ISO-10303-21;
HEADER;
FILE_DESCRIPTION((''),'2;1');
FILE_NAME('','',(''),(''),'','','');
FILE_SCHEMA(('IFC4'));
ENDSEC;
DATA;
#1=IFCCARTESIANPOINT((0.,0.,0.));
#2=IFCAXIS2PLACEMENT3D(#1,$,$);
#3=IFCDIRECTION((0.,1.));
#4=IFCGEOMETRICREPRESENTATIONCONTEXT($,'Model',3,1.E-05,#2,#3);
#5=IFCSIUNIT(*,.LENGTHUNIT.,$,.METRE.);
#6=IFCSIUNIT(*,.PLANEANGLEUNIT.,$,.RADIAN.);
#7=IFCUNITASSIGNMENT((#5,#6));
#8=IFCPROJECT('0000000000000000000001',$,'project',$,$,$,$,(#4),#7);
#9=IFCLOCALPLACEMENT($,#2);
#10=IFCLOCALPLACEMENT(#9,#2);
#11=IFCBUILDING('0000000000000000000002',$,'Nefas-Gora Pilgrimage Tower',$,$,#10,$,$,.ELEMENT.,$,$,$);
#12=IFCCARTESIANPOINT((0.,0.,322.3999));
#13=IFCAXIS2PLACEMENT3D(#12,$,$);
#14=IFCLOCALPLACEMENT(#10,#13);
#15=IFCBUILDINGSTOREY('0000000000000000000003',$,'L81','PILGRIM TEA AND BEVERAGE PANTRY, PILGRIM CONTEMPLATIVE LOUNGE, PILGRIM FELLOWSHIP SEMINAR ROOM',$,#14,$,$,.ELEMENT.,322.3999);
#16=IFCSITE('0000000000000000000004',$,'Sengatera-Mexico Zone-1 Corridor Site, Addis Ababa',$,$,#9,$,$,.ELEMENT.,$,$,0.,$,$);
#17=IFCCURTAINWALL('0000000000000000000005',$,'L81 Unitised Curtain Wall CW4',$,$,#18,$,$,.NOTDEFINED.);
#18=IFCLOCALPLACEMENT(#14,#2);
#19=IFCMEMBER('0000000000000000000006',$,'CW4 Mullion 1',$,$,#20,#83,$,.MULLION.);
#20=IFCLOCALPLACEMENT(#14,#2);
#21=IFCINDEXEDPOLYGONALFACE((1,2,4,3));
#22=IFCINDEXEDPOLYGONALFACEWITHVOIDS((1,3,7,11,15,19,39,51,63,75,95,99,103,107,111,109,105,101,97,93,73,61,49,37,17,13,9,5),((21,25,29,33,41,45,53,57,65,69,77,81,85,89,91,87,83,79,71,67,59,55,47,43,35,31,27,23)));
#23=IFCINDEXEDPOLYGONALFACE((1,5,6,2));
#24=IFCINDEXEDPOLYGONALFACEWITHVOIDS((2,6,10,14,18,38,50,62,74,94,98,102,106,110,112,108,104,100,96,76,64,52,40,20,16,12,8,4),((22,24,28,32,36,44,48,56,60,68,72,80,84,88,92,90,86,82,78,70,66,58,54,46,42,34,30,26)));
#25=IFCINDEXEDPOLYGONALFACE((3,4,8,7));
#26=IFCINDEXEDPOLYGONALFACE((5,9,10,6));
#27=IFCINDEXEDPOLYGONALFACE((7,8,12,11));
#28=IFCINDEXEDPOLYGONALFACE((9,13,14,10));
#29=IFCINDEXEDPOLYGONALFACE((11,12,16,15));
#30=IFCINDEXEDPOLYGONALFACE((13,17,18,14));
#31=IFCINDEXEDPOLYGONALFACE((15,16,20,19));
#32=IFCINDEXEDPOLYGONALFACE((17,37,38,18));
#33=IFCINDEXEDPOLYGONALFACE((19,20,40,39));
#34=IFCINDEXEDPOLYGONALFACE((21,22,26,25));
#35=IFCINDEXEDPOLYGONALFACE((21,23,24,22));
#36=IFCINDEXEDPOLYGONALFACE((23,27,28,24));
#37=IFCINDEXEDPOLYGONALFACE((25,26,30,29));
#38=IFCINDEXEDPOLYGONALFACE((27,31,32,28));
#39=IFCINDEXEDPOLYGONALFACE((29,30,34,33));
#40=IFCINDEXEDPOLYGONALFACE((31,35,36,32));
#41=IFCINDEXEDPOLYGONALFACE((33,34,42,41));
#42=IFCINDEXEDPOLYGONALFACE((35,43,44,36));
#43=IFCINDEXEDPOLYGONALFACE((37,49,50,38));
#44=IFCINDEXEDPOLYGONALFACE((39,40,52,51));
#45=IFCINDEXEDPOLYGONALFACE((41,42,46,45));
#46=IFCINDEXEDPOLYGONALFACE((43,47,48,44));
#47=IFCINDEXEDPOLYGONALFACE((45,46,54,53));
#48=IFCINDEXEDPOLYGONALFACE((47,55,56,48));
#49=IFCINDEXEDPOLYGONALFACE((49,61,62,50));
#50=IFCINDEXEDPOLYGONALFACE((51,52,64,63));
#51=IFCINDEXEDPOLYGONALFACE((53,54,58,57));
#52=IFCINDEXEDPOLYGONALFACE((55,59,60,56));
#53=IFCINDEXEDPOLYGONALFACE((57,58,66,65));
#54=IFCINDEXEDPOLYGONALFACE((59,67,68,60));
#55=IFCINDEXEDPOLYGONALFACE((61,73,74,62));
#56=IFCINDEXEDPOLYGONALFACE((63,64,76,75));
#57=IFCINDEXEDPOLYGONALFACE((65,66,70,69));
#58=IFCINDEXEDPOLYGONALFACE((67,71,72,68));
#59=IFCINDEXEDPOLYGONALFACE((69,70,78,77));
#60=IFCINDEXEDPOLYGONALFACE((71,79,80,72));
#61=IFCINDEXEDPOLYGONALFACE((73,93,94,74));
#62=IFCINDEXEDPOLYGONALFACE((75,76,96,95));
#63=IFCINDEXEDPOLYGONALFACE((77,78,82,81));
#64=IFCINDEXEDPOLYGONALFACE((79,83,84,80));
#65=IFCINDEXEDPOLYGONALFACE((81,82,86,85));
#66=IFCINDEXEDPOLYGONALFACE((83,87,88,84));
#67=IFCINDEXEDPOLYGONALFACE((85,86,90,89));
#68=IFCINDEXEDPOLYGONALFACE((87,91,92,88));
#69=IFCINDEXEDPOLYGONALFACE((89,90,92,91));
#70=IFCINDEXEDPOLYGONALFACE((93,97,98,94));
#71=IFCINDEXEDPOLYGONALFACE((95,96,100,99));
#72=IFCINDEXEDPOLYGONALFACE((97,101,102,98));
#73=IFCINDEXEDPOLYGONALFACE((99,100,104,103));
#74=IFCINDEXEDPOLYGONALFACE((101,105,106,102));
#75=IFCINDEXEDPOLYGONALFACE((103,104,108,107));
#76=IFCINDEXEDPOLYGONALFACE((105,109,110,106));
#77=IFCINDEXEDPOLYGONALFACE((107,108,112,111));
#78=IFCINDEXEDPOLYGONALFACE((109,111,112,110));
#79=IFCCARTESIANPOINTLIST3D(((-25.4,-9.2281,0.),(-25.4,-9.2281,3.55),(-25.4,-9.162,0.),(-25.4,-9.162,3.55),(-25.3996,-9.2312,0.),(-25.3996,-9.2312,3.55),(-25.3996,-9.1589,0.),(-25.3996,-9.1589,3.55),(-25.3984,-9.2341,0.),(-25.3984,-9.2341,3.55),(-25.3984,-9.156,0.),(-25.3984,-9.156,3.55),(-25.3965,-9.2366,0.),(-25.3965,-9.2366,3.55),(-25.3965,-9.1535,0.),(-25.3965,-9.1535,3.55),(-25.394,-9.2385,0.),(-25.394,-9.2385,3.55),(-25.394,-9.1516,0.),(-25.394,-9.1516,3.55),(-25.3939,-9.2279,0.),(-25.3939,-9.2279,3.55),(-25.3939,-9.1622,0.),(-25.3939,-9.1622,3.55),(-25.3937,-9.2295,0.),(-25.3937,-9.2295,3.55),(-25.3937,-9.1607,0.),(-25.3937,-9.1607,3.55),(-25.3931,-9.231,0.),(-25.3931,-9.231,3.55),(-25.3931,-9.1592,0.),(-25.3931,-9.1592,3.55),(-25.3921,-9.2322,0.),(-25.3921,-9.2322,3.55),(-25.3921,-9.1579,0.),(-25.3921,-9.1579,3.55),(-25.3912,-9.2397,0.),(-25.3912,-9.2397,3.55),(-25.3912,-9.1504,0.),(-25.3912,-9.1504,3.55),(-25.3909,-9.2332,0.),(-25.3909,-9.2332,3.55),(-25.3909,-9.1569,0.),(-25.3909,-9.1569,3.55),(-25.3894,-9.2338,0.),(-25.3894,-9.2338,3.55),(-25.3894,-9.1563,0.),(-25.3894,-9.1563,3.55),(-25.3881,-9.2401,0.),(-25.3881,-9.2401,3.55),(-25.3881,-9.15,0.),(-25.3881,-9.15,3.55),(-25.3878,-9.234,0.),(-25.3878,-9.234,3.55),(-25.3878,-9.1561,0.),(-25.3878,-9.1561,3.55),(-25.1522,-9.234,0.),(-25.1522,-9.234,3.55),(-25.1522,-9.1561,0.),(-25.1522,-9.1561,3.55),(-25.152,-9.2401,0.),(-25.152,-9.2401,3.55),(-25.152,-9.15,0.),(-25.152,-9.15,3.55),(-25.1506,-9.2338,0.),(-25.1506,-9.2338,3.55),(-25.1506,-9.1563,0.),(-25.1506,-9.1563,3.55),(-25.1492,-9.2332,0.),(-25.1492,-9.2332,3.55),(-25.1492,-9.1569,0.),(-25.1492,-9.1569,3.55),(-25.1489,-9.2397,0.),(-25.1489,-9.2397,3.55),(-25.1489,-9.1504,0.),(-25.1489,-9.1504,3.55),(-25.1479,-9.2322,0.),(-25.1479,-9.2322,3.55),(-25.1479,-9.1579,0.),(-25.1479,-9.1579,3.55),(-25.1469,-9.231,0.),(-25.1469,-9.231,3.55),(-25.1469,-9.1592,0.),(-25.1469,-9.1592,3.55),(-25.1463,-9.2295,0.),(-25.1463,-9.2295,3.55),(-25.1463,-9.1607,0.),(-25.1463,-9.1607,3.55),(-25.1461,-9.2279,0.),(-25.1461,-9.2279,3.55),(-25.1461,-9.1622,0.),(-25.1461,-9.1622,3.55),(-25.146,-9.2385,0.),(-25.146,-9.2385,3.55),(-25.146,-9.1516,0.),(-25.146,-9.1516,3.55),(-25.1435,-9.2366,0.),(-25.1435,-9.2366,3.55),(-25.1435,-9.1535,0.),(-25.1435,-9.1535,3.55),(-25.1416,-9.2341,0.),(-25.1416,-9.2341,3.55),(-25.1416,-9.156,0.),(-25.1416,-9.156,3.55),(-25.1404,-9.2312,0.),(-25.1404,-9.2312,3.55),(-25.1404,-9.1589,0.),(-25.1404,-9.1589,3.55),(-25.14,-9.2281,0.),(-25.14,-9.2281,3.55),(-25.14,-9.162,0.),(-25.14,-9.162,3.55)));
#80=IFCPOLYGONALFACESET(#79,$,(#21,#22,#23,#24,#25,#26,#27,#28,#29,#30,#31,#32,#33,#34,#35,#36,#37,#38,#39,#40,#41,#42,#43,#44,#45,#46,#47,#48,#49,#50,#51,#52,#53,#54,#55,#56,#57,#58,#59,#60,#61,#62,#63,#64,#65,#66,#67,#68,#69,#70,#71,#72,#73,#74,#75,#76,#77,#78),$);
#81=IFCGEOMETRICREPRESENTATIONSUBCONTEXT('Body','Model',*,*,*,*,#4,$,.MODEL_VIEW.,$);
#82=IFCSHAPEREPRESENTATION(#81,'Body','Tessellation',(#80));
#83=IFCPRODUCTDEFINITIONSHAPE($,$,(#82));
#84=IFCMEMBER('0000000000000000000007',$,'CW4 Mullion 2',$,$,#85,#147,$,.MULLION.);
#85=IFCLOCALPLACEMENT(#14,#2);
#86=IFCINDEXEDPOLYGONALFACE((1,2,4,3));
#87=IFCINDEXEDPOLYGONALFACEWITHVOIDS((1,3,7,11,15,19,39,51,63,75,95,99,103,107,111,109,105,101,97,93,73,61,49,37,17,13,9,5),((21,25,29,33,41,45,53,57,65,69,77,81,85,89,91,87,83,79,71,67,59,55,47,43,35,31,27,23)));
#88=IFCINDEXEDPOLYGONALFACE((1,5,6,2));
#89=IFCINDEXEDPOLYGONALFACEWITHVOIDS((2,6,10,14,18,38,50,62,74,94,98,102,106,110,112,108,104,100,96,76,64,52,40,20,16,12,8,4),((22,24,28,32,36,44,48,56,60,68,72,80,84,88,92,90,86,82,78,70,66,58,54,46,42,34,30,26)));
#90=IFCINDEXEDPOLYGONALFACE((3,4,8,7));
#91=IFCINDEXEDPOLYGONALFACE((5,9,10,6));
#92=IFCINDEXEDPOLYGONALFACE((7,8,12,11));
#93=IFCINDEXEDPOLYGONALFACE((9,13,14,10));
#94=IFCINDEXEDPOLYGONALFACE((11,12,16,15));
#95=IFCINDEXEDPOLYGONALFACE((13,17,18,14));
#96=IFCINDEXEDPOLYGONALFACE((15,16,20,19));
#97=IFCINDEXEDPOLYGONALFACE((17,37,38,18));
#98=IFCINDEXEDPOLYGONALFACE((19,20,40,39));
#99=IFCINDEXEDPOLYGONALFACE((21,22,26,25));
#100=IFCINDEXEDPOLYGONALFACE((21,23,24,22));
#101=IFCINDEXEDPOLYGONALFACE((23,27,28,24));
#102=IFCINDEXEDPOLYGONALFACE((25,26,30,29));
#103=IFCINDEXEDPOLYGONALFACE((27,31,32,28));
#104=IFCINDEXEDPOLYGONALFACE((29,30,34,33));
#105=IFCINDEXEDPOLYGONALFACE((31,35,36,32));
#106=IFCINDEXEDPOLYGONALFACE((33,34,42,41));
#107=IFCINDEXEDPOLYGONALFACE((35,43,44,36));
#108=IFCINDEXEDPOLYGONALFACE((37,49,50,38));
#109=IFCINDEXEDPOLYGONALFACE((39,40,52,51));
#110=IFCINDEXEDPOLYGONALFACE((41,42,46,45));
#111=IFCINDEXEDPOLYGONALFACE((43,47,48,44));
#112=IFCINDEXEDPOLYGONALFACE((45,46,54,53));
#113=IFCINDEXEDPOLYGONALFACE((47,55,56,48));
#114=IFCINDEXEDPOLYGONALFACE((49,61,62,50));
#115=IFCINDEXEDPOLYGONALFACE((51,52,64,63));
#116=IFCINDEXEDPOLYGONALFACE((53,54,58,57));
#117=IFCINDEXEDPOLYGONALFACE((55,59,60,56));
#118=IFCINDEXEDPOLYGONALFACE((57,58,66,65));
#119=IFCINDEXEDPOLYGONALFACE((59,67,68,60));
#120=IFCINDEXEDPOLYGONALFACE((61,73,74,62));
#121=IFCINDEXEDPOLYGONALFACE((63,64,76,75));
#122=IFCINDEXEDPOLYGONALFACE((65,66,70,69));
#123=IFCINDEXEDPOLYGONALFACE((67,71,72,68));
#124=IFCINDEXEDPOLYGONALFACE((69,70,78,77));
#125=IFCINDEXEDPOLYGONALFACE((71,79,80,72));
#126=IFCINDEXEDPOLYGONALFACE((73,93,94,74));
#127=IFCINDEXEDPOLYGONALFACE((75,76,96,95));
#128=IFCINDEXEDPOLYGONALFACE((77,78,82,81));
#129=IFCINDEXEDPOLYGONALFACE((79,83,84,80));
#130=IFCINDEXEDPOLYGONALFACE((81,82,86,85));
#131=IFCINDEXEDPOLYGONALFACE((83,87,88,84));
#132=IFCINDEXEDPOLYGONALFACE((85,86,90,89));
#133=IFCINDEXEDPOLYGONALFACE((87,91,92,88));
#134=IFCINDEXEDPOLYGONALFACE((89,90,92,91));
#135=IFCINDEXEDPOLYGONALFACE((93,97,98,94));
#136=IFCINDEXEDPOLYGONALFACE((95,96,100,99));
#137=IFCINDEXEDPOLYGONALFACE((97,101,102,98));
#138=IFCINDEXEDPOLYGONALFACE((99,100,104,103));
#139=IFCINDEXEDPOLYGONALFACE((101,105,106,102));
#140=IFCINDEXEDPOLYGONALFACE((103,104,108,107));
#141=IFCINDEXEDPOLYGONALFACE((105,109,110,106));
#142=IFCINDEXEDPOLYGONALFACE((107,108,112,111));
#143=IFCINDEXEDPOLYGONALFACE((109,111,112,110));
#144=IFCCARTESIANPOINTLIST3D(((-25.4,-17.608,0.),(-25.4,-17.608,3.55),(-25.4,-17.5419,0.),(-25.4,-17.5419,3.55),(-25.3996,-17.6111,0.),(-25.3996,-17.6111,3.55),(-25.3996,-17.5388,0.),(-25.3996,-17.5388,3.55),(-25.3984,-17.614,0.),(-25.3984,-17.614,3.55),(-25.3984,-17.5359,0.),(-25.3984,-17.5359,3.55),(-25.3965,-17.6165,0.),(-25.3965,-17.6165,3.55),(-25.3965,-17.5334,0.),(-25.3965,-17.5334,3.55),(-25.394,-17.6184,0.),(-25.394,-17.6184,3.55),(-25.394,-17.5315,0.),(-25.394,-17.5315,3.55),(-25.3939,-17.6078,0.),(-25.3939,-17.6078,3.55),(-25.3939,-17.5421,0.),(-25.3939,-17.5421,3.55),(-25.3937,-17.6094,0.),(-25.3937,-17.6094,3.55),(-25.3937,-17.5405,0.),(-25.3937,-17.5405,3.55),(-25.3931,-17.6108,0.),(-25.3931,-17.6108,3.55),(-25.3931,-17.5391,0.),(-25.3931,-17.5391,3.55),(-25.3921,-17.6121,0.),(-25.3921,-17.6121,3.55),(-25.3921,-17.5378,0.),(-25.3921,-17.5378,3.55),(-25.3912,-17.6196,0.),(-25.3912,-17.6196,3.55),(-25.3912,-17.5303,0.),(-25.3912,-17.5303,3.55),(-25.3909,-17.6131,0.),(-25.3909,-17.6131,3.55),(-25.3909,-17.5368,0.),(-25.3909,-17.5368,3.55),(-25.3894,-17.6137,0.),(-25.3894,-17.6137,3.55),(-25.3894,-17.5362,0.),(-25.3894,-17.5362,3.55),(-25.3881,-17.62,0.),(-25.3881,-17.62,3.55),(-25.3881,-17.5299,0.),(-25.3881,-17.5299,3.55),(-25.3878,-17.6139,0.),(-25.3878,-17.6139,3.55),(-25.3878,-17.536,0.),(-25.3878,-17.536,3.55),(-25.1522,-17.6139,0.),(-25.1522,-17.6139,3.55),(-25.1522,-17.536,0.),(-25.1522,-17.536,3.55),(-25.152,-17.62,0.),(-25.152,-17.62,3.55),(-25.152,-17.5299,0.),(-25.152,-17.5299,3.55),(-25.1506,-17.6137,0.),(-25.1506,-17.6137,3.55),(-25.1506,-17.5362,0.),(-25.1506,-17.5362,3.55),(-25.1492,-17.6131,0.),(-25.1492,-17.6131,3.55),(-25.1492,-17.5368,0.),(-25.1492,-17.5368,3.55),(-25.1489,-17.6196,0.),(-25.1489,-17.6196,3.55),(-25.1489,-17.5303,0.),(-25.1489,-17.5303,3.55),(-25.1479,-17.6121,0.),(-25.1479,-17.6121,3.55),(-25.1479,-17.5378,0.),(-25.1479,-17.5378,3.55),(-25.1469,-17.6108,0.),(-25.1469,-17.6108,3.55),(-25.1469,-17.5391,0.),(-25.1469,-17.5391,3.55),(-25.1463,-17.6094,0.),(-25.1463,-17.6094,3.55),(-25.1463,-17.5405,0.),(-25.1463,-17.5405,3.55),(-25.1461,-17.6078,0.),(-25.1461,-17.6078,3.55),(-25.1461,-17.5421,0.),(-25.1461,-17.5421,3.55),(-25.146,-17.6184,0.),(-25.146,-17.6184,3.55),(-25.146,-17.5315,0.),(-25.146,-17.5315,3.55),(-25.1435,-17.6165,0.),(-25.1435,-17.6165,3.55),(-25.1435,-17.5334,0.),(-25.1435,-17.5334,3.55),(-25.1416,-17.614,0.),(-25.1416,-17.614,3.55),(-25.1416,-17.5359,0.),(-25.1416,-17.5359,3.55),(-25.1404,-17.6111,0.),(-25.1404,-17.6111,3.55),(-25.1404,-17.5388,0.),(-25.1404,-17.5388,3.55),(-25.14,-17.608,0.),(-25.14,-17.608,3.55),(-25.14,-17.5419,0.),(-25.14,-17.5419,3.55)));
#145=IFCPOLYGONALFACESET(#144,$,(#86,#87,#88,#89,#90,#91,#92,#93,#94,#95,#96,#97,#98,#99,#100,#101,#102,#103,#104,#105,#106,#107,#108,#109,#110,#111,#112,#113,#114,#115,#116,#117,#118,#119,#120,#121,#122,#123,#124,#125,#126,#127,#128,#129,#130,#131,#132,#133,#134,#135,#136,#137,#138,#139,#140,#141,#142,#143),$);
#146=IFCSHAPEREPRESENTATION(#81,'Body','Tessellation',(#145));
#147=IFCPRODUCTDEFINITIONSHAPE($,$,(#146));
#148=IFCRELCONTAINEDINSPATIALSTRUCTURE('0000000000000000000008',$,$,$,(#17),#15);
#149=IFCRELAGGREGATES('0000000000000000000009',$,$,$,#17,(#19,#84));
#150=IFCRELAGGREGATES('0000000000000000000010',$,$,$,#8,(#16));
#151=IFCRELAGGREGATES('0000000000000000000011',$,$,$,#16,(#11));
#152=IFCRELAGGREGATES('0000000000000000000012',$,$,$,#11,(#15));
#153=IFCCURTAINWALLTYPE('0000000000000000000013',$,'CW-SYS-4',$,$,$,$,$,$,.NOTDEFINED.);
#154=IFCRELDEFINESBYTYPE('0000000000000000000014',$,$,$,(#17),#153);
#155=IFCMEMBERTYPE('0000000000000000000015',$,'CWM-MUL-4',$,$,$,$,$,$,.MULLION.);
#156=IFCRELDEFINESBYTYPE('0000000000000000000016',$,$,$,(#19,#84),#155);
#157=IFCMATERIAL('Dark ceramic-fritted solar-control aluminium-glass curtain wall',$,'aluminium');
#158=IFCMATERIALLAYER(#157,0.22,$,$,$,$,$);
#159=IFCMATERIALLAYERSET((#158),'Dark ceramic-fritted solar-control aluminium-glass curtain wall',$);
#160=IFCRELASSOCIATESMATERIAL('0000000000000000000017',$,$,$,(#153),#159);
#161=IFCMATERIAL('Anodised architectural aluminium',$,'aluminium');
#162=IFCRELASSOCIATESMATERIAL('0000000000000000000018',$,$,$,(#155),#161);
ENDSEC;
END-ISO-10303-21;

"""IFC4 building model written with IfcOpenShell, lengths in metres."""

from ifc_helpers import new_model, si_unit, direction, frame, origin, origin_2d, place, context, subcontext, project, spatial, hollow_rectangle, extrude, source, transform, mapped, material, layer, layer_set, material_profile, profile_set, type_object, element, aggregate, save


model = new_model("IFC4")

# Units and contexts
model_context = context("Model", 3, precision=1e-05, world=origin(), true_north=direction((0.0, 1.0)))
body_context = subcontext(model_context, "Body", "Model", "MODEL_VIEW")
ifc_project = project(units=[si_unit("LENGTHUNIT", "METRE"), si_unit("PLANEANGLEUNIT", "RADIAN")], contexts=[model_context])

# Site, building, storey
site_placement = place(None, origin())
site = spatial("IfcSite", under=ifc_project, at=site_placement, Name="Sengatera-Mexico Zone-1 Corridor Site, Addis Ababa", CompositionType="ELEMENT", RefElevation=0.0)
building_placement = place(site_placement, origin())
building = spatial("IfcBuilding", under=site, at=building_placement, Name="Nefas-Gora Pilgrimage Tower", CompositionType="ELEMENT")
storey_placement = place(building_placement, frame((0.0, 0.0, 322.3999)))
storey = spatial("IfcBuildingStorey", under=building, at=storey_placement, Name="L81", Description="PILGRIM TEA AND BEVERAGE PANTRY, PILGRIM CONTEMPLATIVE LOUNGE, PILGRIM FELLOWSHIP SEMINAR ROOM", CompositionType="ELEMENT", Elevation=322.3999)

# Curtain wall
ifc_material_1 = material(Name="Dark ceramic-fritted solar-control aluminium-glass curtain wall", Category="aluminium")
ifc_layer_1 = layer(ifc_material_1, 0.22)
ifc_layer_set_1 = layer_set([ifc_layer_1], Name="Dark ceramic-fritted solar-control aluminium-glass curtain wall")
curtain_wall_type = type_object("IfcCurtainWallType", Name="CW-SYS-4", PredefinedType="NOTDEFINED", material=ifc_layer_set_1)
curtain_wall_1_placement = place(storey_placement, origin())
curtain_wall_1 = element("IfcCurtainWall", 1, at=curtain_wall_1_placement, inside=storey, type_object=curtain_wall_type, Name="L81 Unitised Curtain Wall CW4", PredefinedType="NOTDEFINED")
ifc_material_2 = material(Name="Anodised architectural aluminium", Category="aluminium")

# Members
ifc_material_profile_1 = material_profile(ifc_material_2, hollow_rectangle(XDim=0.0901, YDim=0.26, WallThickness=0.0061, InnerFilletRadius=0.0061, OuterFilletRadius=0.012, at=origin_2d()), Name="ALU MULLION 90x260")
ifc_profile_set_1 = profile_set([ifc_material_profile_1], Name="Anodised architectural aluminium")
member_type_1 = type_object("IfcMemberType", Name="CWM-MUL-4", PredefinedType="MULLION", material=ifc_profile_set_1)
shared_shape_1 = source(origin(), body_context, "Body", "SweptSolid", [
    extrude(hollow_rectangle(XDim=0.0901, YDim=0.26, WallThickness=0.0061, InnerFilletRadius=0.0061, OuterFilletRadius=0.012, at=origin_2d()), origin(), (0.0, 0.0, 1.0), 3.55),
])
member_1_placement = place(storey_placement, frame((-25.27, -9.1951, 0.0), z_axis=(0.0, 0.0, 1.0), x_axis=(0.0, -1.0, 0.0)))
member_1 = element("IfcMember", 2, at=member_1_placement, type_object=member_type_1, Name="CW4 Mullion 1", PredefinedType="MULLION", context=body_context, shape_type="MappedRepresentation", body=[
    mapped(shared_shape_1, transform((0.0, 0.0, 0.0), x_axis=(1.0, 0.0, 0.0), y_axis=(0.0, 1.0, 0.0), z_axis=(0.0, 0.0, 1.0), scale=1.0)),
])
member_2_placement = place(storey_placement, frame((-25.27, -17.575, 0.0), z_axis=(0.0, 0.0, 1.0), x_axis=(0.0, -1.0, 0.0)))
member_2 = element("IfcMember", 3, at=member_2_placement, type_object=member_type_1, Name="CW4 Mullion 2", PredefinedType="MULLION", context=body_context, shape_type="MappedRepresentation", body=[
    mapped(shared_shape_1, transform((0.0, 0.0, 0.0), x_axis=(1.0, 0.0, 0.0), y_axis=(0.0, 1.0, 0.0), z_axis=(0.0, 0.0, 1.0), scale=1.0)),
])

aggregate(curtain_wall_1, [member_1, member_2])

save(model, "model.ifc")
